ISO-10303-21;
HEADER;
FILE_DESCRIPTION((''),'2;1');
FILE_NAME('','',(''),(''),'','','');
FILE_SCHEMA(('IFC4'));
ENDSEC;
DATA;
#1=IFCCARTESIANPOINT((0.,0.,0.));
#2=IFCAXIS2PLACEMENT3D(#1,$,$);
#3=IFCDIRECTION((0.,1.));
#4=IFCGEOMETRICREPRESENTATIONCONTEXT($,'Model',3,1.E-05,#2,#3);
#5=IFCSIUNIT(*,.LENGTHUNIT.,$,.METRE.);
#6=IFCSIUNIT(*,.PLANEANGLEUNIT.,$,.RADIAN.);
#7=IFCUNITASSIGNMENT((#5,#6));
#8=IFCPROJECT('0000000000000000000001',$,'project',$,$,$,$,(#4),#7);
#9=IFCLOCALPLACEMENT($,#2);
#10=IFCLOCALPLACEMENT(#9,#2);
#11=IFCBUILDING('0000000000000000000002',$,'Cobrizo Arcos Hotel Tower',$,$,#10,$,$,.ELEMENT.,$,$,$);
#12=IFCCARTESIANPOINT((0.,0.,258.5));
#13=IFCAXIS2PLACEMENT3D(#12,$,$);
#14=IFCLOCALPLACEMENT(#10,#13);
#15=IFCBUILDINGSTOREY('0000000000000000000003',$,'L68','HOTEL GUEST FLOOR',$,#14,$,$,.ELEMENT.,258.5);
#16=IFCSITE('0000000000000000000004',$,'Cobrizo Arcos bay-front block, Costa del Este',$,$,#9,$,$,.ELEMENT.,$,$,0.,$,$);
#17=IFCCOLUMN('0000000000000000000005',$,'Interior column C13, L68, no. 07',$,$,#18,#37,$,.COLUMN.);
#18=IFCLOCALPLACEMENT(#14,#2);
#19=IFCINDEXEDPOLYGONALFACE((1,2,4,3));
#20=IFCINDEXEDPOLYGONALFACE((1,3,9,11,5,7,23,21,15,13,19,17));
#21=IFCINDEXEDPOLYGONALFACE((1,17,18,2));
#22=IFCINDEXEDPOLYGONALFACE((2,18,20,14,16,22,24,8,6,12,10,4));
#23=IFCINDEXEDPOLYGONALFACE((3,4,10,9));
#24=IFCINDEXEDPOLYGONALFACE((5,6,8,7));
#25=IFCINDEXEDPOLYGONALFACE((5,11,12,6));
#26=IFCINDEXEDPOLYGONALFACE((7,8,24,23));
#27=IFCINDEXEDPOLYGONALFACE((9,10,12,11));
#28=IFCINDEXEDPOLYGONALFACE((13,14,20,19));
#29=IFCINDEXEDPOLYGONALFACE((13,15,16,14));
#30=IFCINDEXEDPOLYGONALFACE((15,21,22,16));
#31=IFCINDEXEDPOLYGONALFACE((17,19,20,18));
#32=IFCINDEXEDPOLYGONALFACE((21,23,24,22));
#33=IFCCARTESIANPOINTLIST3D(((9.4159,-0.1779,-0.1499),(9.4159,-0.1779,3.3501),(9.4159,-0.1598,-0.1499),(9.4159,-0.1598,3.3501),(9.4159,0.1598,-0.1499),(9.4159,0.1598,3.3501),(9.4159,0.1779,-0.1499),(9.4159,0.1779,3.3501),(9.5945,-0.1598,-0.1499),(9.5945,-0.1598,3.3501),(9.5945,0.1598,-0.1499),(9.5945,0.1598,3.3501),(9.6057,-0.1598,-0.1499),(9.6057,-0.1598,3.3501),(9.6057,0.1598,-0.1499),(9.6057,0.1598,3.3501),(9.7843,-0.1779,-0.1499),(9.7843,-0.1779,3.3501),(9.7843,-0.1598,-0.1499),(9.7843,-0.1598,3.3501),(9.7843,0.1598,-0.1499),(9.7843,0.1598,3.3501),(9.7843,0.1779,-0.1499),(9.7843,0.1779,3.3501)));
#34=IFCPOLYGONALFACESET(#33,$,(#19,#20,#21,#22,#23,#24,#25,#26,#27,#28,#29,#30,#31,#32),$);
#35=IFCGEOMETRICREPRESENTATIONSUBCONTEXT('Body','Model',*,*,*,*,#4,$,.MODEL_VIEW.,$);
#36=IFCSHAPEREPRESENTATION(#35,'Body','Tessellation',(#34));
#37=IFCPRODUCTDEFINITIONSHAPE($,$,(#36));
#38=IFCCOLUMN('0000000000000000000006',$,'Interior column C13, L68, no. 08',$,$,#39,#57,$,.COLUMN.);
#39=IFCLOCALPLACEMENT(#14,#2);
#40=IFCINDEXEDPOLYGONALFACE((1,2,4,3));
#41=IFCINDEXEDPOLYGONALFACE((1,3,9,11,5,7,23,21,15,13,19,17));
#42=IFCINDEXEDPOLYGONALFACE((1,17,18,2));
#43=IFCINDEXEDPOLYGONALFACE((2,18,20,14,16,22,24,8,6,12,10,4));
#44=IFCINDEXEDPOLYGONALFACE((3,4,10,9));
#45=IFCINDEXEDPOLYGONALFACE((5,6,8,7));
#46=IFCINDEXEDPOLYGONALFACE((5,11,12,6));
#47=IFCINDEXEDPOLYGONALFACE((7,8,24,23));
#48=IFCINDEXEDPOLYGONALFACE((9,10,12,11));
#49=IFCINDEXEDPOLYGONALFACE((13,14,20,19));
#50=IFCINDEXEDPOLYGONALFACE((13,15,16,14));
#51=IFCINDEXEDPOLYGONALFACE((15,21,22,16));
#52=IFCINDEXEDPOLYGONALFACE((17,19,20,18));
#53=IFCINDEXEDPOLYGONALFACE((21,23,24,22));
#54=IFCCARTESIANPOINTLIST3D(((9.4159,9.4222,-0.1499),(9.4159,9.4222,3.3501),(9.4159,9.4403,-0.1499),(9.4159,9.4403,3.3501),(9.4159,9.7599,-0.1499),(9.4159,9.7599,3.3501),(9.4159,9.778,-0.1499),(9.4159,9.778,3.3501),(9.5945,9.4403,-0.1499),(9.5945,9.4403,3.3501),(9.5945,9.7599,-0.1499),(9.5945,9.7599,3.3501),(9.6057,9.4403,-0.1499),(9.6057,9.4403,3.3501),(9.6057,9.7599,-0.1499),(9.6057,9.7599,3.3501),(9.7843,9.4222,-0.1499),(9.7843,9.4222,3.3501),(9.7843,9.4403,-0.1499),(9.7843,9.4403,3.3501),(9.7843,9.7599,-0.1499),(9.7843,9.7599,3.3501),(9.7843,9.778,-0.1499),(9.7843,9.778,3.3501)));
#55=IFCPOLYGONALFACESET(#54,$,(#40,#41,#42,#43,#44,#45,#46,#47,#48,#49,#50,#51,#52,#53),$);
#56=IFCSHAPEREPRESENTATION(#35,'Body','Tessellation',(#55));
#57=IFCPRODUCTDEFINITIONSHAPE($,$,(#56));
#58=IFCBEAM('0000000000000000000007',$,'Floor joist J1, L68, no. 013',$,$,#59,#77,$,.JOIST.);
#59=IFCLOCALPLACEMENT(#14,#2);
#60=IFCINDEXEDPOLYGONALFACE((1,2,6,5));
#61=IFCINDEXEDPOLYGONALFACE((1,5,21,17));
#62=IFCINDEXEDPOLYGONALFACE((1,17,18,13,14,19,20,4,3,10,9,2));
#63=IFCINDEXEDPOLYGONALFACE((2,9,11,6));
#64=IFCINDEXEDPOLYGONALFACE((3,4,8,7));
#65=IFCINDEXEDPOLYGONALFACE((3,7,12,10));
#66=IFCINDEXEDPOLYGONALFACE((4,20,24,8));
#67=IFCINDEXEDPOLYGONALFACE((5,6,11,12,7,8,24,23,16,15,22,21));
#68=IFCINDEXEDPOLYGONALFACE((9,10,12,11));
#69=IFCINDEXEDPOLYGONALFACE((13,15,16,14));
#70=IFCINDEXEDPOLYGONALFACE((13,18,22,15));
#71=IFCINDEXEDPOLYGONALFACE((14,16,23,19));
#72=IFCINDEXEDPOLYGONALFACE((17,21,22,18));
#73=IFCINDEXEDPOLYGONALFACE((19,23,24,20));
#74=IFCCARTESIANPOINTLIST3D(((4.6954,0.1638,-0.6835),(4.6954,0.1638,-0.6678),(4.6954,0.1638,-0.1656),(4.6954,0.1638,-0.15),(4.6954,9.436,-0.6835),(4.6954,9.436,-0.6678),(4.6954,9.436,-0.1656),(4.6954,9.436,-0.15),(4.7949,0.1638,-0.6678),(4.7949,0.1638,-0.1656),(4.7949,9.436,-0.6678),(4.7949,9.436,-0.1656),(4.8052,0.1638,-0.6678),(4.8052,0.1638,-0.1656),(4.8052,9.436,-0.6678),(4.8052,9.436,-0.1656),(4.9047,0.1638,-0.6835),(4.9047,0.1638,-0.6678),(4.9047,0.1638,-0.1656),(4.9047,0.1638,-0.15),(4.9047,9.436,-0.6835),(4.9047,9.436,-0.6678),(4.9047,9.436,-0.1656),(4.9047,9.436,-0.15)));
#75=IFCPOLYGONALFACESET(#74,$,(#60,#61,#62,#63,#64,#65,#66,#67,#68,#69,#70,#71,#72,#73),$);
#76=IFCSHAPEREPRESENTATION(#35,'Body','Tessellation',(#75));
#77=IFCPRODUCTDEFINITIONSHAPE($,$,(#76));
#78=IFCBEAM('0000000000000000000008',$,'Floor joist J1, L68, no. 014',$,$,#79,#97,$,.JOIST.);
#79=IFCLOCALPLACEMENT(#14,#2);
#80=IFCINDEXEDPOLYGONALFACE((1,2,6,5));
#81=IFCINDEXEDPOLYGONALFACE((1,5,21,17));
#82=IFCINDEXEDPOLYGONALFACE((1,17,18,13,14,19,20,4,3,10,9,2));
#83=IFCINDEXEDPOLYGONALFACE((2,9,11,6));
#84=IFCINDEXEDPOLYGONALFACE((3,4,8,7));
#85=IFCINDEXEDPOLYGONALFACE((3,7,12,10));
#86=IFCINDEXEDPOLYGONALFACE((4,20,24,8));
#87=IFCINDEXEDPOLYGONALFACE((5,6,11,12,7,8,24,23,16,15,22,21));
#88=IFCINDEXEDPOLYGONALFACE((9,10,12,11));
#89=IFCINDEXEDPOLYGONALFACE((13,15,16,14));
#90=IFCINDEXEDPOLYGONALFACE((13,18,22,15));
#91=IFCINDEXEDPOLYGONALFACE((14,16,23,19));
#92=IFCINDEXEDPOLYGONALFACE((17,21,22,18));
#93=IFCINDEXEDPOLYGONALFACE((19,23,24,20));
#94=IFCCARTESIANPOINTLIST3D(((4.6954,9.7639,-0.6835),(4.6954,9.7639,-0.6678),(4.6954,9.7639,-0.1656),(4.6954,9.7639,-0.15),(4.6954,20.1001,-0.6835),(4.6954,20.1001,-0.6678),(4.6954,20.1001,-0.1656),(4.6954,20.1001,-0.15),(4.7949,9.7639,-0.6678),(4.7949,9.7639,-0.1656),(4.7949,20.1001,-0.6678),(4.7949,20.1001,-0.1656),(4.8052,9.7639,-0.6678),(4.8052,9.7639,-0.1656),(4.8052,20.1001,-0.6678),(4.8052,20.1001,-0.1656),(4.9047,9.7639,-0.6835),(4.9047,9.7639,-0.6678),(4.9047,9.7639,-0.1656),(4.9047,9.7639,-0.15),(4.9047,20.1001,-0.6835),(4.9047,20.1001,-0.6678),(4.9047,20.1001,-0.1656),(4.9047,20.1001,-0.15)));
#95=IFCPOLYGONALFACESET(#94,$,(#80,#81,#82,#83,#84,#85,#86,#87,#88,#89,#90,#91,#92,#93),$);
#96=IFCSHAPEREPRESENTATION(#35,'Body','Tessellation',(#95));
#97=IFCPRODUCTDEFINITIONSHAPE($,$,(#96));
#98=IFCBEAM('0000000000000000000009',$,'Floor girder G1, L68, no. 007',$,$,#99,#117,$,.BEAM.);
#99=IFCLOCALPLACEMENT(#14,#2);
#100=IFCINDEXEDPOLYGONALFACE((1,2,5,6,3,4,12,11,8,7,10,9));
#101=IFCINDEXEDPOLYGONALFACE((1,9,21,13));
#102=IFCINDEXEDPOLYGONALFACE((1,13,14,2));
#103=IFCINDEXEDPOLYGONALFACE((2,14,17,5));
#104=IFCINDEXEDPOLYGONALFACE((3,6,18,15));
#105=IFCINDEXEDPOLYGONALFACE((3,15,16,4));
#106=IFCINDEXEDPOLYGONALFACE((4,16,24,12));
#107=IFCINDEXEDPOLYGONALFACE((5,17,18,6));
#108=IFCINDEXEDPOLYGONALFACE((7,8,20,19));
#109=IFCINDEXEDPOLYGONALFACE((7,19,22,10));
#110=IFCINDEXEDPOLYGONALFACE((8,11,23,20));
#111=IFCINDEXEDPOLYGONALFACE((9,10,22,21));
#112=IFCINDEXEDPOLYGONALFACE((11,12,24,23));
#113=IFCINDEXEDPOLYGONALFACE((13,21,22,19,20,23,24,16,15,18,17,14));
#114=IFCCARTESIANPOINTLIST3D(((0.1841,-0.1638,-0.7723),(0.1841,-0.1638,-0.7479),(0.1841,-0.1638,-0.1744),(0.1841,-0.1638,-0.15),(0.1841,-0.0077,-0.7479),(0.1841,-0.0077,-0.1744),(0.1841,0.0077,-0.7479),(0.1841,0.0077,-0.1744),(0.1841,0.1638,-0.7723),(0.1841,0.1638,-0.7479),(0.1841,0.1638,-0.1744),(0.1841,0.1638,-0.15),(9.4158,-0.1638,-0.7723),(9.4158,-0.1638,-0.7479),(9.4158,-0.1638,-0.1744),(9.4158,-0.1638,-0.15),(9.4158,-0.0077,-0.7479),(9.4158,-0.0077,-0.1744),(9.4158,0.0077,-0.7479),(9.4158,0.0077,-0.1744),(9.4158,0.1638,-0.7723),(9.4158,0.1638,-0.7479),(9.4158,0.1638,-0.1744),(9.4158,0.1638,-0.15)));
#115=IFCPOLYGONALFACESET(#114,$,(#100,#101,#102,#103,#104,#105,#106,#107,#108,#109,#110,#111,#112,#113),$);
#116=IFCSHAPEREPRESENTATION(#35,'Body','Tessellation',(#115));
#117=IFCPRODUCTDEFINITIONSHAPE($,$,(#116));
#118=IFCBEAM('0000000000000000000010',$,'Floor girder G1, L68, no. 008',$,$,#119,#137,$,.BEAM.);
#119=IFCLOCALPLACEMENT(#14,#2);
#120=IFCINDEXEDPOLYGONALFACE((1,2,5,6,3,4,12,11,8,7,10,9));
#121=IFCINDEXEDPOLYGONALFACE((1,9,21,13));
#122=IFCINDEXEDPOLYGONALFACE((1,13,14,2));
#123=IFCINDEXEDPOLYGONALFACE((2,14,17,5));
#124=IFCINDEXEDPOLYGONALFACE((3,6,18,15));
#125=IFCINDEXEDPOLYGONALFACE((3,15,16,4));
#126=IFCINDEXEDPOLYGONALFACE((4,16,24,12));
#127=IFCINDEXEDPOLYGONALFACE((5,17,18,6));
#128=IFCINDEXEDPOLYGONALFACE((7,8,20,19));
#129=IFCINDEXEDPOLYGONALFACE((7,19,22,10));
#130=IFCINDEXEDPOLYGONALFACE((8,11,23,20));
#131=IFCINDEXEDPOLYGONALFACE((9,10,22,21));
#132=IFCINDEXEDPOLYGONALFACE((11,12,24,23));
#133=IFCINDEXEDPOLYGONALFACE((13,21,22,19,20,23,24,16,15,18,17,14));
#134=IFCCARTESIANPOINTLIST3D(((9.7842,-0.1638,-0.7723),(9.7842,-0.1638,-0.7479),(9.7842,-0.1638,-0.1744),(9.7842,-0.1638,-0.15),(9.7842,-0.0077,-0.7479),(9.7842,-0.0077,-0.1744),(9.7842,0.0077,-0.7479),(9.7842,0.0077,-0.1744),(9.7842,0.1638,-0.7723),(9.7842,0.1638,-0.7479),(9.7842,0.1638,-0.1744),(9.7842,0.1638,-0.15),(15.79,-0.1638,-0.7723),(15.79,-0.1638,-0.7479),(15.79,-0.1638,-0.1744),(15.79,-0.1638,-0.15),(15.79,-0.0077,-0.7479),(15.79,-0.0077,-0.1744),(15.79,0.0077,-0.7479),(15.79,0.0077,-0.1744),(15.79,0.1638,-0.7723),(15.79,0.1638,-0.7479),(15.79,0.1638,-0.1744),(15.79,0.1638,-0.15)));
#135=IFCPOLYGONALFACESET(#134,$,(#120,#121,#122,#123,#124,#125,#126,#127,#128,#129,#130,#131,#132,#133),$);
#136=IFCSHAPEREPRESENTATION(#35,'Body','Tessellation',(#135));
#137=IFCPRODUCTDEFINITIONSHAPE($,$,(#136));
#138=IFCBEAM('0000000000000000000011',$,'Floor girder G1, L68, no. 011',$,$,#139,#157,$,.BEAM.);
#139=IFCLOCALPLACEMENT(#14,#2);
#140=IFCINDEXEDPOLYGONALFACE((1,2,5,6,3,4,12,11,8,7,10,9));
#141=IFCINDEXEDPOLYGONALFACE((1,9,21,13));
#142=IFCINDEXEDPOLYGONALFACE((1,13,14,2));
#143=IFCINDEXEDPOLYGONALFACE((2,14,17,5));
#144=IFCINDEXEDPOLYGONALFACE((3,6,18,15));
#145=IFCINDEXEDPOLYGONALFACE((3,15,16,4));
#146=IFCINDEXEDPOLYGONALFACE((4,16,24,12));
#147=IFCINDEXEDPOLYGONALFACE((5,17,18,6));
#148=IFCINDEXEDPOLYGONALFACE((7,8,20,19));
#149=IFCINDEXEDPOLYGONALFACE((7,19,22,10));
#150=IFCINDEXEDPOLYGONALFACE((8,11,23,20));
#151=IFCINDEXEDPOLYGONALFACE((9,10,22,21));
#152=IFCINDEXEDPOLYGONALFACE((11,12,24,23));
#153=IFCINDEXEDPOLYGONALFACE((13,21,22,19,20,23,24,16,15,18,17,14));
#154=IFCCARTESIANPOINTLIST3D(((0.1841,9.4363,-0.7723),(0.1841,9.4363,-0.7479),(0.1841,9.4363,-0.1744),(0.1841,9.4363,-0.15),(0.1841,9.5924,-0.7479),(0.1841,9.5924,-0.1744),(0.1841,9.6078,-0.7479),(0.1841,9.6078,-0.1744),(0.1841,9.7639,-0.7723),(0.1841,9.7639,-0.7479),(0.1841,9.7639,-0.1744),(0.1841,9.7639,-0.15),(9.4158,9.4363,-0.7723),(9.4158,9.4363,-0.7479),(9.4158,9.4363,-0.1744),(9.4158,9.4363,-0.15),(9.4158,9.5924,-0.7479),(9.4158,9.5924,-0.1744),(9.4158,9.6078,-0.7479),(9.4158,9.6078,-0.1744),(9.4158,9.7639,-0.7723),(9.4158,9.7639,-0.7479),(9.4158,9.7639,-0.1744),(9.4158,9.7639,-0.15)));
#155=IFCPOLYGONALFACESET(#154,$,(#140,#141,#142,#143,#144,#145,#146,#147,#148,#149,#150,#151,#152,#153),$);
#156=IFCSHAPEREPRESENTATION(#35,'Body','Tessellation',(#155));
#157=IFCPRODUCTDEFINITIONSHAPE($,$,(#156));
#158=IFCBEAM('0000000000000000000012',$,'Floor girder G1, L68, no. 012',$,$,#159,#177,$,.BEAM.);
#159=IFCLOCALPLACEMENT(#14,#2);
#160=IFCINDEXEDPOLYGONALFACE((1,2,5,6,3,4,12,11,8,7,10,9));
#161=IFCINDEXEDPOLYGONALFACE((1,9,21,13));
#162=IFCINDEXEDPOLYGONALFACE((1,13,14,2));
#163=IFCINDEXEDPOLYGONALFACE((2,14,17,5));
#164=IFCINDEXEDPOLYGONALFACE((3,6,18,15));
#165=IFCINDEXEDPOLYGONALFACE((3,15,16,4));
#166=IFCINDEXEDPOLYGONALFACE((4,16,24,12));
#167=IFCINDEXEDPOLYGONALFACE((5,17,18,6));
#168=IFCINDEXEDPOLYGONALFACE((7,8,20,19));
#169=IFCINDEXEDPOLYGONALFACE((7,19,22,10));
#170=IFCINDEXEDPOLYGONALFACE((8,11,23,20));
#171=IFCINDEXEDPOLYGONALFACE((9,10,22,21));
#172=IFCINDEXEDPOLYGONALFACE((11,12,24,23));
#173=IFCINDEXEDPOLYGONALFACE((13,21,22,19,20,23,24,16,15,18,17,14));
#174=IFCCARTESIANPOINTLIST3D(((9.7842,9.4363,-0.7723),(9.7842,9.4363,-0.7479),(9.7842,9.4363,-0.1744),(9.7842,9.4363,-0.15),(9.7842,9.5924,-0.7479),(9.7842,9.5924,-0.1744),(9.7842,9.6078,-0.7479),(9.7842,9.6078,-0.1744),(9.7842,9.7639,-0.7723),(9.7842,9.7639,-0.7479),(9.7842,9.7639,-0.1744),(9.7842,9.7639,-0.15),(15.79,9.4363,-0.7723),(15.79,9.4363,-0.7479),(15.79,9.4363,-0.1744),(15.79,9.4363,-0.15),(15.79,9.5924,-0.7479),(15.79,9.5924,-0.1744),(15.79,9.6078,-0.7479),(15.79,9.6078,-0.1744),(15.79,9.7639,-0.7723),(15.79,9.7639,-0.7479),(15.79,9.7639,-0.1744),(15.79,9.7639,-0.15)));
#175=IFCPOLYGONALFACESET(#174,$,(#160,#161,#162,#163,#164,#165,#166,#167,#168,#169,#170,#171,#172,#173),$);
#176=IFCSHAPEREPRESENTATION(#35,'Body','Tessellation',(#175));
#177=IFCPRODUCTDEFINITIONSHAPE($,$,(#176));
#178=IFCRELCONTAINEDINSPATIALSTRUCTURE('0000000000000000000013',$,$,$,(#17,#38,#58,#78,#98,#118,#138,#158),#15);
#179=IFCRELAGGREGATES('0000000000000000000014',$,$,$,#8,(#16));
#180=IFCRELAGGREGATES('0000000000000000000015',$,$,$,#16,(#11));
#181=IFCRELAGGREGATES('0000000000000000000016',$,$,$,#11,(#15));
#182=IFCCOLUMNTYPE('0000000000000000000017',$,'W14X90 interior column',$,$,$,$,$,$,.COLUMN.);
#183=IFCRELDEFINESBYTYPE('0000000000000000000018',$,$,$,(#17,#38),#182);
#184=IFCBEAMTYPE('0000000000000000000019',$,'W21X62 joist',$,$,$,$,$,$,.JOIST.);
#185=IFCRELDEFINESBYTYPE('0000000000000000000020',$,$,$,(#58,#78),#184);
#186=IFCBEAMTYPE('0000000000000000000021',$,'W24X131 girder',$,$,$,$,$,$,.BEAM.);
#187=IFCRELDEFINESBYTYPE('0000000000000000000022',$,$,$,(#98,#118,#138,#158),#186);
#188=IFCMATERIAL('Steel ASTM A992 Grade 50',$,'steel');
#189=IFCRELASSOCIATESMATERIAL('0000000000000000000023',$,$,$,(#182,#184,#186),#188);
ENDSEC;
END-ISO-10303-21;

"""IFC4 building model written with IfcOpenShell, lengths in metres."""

from ifc_helpers import new_model, si_unit, direction, frame, origin, origin_2d, place, context, subcontext, project, spatial, i_section, extrude, material, material_profile, profile_set, type_object, element, save


model = new_model("IFC4")

# Units and contexts
model_context = context("Model", 3, precision=1e-05, world=origin(), true_north=direction((0.0, 1.0)))
body_context = subcontext(model_context, "Body", "Model", "MODEL_VIEW")
ifc_project = project(units=[si_unit("LENGTHUNIT", "METRE"), si_unit("PLANEANGLEUNIT", "RADIAN")], contexts=[model_context])

# Site, building, storey
site_placement = place(None, origin())
site = spatial("IfcSite", under=ifc_project, at=site_placement, Name="Cobrizo Arcos bay-front block, Costa del Este", CompositionType="ELEMENT", RefElevation=0.0)
building_placement = place(site_placement, origin())
building = spatial("IfcBuilding", under=site, at=building_placement, Name="Cobrizo Arcos Hotel Tower", CompositionType="ELEMENT")
storey_placement = place(building_placement, frame((0.0, 0.0, 258.5)))
storey = spatial("IfcBuildingStorey", under=building, at=storey_placement, Name="L68", Description="HOTEL GUEST FLOOR", CompositionType="ELEMENT", Elevation=258.5)

# Columns
ifc_material_1 = material(Name="Steel ASTM A992 Grade 50", Category="steel")
ifc_material_profile_1 = material_profile(ifc_material_1, i_section(OverallWidth=0.3684, OverallDepth=0.3557, WebThickness=0.0112, FlangeThickness=0.0181, at=origin_2d()), Name="W14X90")
ifc_profile_set_1 = profile_set([ifc_material_profile_1], Name="Steel ASTM A992 Grade 50")
column_type = type_object("IfcColumnType", Name="W14X90 interior column", PredefinedType="COLUMN", material=ifc_profile_set_1)
for number, where, z_axis, x_axis, name in (
    (1, (9.6001, 0.0, -0.1499), (0.0, 0.0, 1.0), (1.0, 0.0, 0.0), "Interior column C13, L68, no. 07"),
    (2, (9.6001, 9.6001, -0.1499), (0.0, 0.0, 1.0), (1.0, 0.0, 0.0), "Interior column C13, L68, no. 08"),
):
    element("IfcColumn", number, at=place(storey_placement, frame(where, z_axis=z_axis, x_axis=x_axis)), inside=storey, type_object=column_type, Name=name, PredefinedType="COLUMN", context=body_context, shape_type="SweptSolid", body=[
        extrude(i_section(OverallWidth=0.3684, OverallDepth=0.3557, WebThickness=0.0112, FlangeThickness=0.0181, at=origin_2d()), origin(), (0.0, 0.0, 1.0), 3.5),
    ])

# Beams
ifc_material_profile_2 = material_profile(ifc_material_1, i_section(OverallWidth=0.2092, OverallDepth=0.5334, WebThickness=0.0103, FlangeThickness=0.0156, at=origin_2d()), Name="W21X62")
ifc_profile_set_2 = profile_set([ifc_material_profile_2], Name="Steel ASTM A992 Grade 50")
beam_type_1 = type_object("IfcBeamType", Name="W21X62 joist", PredefinedType="JOIST", material=ifc_profile_set_2)
beam_1_placement = place(storey_placement, frame((4.8, 0.1638, -0.4167), z_axis=(0.0, 1.0, 0.0), x_axis=(-1.0, 0.0, 0.0)))
element("IfcBeam", 3, at=beam_1_placement, inside=storey, type_object=beam_type_1, Name="Floor joist J1, L68, no. 013", PredefinedType="JOIST", context=body_context, shape_type="SweptSolid", body=[
    extrude(i_section(OverallWidth=0.2092, OverallDepth=0.5334, WebThickness=0.0103, FlangeThickness=0.0156, at=origin_2d()), origin(), (0.0, 0.0, 1.0), 9.2722),
])
beam_2_placement = place(storey_placement, frame((4.8, 9.7639, -0.4167), z_axis=(0.0, 1.0, 0.0), x_axis=(-1.0, 0.0, 0.0)))
element("IfcBeam", 4, at=beam_2_placement, inside=storey, type_object=beam_type_1, Name="Floor joist J1, L68, no. 014", PredefinedType="JOIST", context=body_context, shape_type="SweptSolid", body=[
    extrude(i_section(OverallWidth=0.2092, OverallDepth=0.5334, WebThickness=0.0103, FlangeThickness=0.0156, at=origin_2d()), origin(), (0.0, 0.0, 1.0), 10.3362),
])
ifc_material_profile_3 = material_profile(ifc_material_1, i_section(OverallWidth=0.3276, OverallDepth=0.6223, WebThickness=0.0154, FlangeThickness=0.0244, at=origin_2d()), Name="W24X131")
ifc_profile_set_3 = profile_set([ifc_material_profile_3], Name="Steel ASTM A992 Grade 50")
beam_type_2 = type_object("IfcBeamType", Name="W24X131 girder", PredefinedType="BEAM", material=ifc_profile_set_3)
beam_3_placement = place(storey_placement, frame((0.1841, 0.0, -0.4612), z_axis=(1.0, 0.0, 0.0), x_axis=(0.0, 1.0, 0.0)))
element("IfcBeam", 5, at=beam_3_placement, inside=storey, type_object=beam_type_2, Name="Floor girder G1, L68, no. 007", PredefinedType="BEAM", context=body_context, shape_type="SweptSolid", body=[
    extrude(i_section(OverallWidth=0.3276, OverallDepth=0.6223, WebThickness=0.0154, FlangeThickness=0.0244, at=origin_2d()), origin(), (0.0, 0.0, 1.0), 9.2317),
])
beam_4_placement = place(storey_placement, frame((9.7842, 0.0, -0.4612), z_axis=(1.0, 0.0, 0.0), x_axis=(0.0, 1.0, 0.0)))
element("IfcBeam", 6, at=beam_4_placement, inside=storey, type_object=beam_type_2, Name="Floor girder G1, L68, no. 008", PredefinedType="BEAM", context=body_context, shape_type="SweptSolid", body=[
    extrude(i_section(OverallWidth=0.3276, OverallDepth=0.6223, WebThickness=0.0154, FlangeThickness=0.0244, at=origin_2d()), origin(), (0.0, 0.0, 1.0), 6.0059),
])
beam_5_placement = place(storey_placement, frame((0.1841, 9.6001, -0.4612), z_axis=(1.0, 0.0, 0.0), x_axis=(0.0, 1.0, 0.0)))
element("IfcBeam", 7, at=beam_5_placement, inside=storey, type_object=beam_type_2, Name="Floor girder G1, L68, no. 011", PredefinedType="BEAM", context=body_context, shape_type="SweptSolid", body=[
    extrude(i_section(OverallWidth=0.3276, OverallDepth=0.6223, WebThickness=0.0154, FlangeThickness=0.0244, at=origin_2d()), origin(), (0.0, 0.0, 1.0), 9.2317),
])
beam_6_placement = place(storey_placement, frame((9.7842, 9.6001, -0.4612), z_axis=(1.0, 0.0, 0.0), x_axis=(0.0, 1.0, 0.0)))
element("IfcBeam", 8, at=beam_6_placement, inside=storey, type_object=beam_type_2, Name="Floor girder G1, L68, no. 012", PredefinedType="BEAM", context=body_context, shape_type="SweptSolid", body=[
    extrude(i_section(OverallWidth=0.3276, OverallDepth=0.6223, WebThickness=0.0154, FlangeThickness=0.0244, at=origin_2d()), origin(), (0.0, 0.0, 1.0), 6.0059),
])

save(model, "model.ifc")
